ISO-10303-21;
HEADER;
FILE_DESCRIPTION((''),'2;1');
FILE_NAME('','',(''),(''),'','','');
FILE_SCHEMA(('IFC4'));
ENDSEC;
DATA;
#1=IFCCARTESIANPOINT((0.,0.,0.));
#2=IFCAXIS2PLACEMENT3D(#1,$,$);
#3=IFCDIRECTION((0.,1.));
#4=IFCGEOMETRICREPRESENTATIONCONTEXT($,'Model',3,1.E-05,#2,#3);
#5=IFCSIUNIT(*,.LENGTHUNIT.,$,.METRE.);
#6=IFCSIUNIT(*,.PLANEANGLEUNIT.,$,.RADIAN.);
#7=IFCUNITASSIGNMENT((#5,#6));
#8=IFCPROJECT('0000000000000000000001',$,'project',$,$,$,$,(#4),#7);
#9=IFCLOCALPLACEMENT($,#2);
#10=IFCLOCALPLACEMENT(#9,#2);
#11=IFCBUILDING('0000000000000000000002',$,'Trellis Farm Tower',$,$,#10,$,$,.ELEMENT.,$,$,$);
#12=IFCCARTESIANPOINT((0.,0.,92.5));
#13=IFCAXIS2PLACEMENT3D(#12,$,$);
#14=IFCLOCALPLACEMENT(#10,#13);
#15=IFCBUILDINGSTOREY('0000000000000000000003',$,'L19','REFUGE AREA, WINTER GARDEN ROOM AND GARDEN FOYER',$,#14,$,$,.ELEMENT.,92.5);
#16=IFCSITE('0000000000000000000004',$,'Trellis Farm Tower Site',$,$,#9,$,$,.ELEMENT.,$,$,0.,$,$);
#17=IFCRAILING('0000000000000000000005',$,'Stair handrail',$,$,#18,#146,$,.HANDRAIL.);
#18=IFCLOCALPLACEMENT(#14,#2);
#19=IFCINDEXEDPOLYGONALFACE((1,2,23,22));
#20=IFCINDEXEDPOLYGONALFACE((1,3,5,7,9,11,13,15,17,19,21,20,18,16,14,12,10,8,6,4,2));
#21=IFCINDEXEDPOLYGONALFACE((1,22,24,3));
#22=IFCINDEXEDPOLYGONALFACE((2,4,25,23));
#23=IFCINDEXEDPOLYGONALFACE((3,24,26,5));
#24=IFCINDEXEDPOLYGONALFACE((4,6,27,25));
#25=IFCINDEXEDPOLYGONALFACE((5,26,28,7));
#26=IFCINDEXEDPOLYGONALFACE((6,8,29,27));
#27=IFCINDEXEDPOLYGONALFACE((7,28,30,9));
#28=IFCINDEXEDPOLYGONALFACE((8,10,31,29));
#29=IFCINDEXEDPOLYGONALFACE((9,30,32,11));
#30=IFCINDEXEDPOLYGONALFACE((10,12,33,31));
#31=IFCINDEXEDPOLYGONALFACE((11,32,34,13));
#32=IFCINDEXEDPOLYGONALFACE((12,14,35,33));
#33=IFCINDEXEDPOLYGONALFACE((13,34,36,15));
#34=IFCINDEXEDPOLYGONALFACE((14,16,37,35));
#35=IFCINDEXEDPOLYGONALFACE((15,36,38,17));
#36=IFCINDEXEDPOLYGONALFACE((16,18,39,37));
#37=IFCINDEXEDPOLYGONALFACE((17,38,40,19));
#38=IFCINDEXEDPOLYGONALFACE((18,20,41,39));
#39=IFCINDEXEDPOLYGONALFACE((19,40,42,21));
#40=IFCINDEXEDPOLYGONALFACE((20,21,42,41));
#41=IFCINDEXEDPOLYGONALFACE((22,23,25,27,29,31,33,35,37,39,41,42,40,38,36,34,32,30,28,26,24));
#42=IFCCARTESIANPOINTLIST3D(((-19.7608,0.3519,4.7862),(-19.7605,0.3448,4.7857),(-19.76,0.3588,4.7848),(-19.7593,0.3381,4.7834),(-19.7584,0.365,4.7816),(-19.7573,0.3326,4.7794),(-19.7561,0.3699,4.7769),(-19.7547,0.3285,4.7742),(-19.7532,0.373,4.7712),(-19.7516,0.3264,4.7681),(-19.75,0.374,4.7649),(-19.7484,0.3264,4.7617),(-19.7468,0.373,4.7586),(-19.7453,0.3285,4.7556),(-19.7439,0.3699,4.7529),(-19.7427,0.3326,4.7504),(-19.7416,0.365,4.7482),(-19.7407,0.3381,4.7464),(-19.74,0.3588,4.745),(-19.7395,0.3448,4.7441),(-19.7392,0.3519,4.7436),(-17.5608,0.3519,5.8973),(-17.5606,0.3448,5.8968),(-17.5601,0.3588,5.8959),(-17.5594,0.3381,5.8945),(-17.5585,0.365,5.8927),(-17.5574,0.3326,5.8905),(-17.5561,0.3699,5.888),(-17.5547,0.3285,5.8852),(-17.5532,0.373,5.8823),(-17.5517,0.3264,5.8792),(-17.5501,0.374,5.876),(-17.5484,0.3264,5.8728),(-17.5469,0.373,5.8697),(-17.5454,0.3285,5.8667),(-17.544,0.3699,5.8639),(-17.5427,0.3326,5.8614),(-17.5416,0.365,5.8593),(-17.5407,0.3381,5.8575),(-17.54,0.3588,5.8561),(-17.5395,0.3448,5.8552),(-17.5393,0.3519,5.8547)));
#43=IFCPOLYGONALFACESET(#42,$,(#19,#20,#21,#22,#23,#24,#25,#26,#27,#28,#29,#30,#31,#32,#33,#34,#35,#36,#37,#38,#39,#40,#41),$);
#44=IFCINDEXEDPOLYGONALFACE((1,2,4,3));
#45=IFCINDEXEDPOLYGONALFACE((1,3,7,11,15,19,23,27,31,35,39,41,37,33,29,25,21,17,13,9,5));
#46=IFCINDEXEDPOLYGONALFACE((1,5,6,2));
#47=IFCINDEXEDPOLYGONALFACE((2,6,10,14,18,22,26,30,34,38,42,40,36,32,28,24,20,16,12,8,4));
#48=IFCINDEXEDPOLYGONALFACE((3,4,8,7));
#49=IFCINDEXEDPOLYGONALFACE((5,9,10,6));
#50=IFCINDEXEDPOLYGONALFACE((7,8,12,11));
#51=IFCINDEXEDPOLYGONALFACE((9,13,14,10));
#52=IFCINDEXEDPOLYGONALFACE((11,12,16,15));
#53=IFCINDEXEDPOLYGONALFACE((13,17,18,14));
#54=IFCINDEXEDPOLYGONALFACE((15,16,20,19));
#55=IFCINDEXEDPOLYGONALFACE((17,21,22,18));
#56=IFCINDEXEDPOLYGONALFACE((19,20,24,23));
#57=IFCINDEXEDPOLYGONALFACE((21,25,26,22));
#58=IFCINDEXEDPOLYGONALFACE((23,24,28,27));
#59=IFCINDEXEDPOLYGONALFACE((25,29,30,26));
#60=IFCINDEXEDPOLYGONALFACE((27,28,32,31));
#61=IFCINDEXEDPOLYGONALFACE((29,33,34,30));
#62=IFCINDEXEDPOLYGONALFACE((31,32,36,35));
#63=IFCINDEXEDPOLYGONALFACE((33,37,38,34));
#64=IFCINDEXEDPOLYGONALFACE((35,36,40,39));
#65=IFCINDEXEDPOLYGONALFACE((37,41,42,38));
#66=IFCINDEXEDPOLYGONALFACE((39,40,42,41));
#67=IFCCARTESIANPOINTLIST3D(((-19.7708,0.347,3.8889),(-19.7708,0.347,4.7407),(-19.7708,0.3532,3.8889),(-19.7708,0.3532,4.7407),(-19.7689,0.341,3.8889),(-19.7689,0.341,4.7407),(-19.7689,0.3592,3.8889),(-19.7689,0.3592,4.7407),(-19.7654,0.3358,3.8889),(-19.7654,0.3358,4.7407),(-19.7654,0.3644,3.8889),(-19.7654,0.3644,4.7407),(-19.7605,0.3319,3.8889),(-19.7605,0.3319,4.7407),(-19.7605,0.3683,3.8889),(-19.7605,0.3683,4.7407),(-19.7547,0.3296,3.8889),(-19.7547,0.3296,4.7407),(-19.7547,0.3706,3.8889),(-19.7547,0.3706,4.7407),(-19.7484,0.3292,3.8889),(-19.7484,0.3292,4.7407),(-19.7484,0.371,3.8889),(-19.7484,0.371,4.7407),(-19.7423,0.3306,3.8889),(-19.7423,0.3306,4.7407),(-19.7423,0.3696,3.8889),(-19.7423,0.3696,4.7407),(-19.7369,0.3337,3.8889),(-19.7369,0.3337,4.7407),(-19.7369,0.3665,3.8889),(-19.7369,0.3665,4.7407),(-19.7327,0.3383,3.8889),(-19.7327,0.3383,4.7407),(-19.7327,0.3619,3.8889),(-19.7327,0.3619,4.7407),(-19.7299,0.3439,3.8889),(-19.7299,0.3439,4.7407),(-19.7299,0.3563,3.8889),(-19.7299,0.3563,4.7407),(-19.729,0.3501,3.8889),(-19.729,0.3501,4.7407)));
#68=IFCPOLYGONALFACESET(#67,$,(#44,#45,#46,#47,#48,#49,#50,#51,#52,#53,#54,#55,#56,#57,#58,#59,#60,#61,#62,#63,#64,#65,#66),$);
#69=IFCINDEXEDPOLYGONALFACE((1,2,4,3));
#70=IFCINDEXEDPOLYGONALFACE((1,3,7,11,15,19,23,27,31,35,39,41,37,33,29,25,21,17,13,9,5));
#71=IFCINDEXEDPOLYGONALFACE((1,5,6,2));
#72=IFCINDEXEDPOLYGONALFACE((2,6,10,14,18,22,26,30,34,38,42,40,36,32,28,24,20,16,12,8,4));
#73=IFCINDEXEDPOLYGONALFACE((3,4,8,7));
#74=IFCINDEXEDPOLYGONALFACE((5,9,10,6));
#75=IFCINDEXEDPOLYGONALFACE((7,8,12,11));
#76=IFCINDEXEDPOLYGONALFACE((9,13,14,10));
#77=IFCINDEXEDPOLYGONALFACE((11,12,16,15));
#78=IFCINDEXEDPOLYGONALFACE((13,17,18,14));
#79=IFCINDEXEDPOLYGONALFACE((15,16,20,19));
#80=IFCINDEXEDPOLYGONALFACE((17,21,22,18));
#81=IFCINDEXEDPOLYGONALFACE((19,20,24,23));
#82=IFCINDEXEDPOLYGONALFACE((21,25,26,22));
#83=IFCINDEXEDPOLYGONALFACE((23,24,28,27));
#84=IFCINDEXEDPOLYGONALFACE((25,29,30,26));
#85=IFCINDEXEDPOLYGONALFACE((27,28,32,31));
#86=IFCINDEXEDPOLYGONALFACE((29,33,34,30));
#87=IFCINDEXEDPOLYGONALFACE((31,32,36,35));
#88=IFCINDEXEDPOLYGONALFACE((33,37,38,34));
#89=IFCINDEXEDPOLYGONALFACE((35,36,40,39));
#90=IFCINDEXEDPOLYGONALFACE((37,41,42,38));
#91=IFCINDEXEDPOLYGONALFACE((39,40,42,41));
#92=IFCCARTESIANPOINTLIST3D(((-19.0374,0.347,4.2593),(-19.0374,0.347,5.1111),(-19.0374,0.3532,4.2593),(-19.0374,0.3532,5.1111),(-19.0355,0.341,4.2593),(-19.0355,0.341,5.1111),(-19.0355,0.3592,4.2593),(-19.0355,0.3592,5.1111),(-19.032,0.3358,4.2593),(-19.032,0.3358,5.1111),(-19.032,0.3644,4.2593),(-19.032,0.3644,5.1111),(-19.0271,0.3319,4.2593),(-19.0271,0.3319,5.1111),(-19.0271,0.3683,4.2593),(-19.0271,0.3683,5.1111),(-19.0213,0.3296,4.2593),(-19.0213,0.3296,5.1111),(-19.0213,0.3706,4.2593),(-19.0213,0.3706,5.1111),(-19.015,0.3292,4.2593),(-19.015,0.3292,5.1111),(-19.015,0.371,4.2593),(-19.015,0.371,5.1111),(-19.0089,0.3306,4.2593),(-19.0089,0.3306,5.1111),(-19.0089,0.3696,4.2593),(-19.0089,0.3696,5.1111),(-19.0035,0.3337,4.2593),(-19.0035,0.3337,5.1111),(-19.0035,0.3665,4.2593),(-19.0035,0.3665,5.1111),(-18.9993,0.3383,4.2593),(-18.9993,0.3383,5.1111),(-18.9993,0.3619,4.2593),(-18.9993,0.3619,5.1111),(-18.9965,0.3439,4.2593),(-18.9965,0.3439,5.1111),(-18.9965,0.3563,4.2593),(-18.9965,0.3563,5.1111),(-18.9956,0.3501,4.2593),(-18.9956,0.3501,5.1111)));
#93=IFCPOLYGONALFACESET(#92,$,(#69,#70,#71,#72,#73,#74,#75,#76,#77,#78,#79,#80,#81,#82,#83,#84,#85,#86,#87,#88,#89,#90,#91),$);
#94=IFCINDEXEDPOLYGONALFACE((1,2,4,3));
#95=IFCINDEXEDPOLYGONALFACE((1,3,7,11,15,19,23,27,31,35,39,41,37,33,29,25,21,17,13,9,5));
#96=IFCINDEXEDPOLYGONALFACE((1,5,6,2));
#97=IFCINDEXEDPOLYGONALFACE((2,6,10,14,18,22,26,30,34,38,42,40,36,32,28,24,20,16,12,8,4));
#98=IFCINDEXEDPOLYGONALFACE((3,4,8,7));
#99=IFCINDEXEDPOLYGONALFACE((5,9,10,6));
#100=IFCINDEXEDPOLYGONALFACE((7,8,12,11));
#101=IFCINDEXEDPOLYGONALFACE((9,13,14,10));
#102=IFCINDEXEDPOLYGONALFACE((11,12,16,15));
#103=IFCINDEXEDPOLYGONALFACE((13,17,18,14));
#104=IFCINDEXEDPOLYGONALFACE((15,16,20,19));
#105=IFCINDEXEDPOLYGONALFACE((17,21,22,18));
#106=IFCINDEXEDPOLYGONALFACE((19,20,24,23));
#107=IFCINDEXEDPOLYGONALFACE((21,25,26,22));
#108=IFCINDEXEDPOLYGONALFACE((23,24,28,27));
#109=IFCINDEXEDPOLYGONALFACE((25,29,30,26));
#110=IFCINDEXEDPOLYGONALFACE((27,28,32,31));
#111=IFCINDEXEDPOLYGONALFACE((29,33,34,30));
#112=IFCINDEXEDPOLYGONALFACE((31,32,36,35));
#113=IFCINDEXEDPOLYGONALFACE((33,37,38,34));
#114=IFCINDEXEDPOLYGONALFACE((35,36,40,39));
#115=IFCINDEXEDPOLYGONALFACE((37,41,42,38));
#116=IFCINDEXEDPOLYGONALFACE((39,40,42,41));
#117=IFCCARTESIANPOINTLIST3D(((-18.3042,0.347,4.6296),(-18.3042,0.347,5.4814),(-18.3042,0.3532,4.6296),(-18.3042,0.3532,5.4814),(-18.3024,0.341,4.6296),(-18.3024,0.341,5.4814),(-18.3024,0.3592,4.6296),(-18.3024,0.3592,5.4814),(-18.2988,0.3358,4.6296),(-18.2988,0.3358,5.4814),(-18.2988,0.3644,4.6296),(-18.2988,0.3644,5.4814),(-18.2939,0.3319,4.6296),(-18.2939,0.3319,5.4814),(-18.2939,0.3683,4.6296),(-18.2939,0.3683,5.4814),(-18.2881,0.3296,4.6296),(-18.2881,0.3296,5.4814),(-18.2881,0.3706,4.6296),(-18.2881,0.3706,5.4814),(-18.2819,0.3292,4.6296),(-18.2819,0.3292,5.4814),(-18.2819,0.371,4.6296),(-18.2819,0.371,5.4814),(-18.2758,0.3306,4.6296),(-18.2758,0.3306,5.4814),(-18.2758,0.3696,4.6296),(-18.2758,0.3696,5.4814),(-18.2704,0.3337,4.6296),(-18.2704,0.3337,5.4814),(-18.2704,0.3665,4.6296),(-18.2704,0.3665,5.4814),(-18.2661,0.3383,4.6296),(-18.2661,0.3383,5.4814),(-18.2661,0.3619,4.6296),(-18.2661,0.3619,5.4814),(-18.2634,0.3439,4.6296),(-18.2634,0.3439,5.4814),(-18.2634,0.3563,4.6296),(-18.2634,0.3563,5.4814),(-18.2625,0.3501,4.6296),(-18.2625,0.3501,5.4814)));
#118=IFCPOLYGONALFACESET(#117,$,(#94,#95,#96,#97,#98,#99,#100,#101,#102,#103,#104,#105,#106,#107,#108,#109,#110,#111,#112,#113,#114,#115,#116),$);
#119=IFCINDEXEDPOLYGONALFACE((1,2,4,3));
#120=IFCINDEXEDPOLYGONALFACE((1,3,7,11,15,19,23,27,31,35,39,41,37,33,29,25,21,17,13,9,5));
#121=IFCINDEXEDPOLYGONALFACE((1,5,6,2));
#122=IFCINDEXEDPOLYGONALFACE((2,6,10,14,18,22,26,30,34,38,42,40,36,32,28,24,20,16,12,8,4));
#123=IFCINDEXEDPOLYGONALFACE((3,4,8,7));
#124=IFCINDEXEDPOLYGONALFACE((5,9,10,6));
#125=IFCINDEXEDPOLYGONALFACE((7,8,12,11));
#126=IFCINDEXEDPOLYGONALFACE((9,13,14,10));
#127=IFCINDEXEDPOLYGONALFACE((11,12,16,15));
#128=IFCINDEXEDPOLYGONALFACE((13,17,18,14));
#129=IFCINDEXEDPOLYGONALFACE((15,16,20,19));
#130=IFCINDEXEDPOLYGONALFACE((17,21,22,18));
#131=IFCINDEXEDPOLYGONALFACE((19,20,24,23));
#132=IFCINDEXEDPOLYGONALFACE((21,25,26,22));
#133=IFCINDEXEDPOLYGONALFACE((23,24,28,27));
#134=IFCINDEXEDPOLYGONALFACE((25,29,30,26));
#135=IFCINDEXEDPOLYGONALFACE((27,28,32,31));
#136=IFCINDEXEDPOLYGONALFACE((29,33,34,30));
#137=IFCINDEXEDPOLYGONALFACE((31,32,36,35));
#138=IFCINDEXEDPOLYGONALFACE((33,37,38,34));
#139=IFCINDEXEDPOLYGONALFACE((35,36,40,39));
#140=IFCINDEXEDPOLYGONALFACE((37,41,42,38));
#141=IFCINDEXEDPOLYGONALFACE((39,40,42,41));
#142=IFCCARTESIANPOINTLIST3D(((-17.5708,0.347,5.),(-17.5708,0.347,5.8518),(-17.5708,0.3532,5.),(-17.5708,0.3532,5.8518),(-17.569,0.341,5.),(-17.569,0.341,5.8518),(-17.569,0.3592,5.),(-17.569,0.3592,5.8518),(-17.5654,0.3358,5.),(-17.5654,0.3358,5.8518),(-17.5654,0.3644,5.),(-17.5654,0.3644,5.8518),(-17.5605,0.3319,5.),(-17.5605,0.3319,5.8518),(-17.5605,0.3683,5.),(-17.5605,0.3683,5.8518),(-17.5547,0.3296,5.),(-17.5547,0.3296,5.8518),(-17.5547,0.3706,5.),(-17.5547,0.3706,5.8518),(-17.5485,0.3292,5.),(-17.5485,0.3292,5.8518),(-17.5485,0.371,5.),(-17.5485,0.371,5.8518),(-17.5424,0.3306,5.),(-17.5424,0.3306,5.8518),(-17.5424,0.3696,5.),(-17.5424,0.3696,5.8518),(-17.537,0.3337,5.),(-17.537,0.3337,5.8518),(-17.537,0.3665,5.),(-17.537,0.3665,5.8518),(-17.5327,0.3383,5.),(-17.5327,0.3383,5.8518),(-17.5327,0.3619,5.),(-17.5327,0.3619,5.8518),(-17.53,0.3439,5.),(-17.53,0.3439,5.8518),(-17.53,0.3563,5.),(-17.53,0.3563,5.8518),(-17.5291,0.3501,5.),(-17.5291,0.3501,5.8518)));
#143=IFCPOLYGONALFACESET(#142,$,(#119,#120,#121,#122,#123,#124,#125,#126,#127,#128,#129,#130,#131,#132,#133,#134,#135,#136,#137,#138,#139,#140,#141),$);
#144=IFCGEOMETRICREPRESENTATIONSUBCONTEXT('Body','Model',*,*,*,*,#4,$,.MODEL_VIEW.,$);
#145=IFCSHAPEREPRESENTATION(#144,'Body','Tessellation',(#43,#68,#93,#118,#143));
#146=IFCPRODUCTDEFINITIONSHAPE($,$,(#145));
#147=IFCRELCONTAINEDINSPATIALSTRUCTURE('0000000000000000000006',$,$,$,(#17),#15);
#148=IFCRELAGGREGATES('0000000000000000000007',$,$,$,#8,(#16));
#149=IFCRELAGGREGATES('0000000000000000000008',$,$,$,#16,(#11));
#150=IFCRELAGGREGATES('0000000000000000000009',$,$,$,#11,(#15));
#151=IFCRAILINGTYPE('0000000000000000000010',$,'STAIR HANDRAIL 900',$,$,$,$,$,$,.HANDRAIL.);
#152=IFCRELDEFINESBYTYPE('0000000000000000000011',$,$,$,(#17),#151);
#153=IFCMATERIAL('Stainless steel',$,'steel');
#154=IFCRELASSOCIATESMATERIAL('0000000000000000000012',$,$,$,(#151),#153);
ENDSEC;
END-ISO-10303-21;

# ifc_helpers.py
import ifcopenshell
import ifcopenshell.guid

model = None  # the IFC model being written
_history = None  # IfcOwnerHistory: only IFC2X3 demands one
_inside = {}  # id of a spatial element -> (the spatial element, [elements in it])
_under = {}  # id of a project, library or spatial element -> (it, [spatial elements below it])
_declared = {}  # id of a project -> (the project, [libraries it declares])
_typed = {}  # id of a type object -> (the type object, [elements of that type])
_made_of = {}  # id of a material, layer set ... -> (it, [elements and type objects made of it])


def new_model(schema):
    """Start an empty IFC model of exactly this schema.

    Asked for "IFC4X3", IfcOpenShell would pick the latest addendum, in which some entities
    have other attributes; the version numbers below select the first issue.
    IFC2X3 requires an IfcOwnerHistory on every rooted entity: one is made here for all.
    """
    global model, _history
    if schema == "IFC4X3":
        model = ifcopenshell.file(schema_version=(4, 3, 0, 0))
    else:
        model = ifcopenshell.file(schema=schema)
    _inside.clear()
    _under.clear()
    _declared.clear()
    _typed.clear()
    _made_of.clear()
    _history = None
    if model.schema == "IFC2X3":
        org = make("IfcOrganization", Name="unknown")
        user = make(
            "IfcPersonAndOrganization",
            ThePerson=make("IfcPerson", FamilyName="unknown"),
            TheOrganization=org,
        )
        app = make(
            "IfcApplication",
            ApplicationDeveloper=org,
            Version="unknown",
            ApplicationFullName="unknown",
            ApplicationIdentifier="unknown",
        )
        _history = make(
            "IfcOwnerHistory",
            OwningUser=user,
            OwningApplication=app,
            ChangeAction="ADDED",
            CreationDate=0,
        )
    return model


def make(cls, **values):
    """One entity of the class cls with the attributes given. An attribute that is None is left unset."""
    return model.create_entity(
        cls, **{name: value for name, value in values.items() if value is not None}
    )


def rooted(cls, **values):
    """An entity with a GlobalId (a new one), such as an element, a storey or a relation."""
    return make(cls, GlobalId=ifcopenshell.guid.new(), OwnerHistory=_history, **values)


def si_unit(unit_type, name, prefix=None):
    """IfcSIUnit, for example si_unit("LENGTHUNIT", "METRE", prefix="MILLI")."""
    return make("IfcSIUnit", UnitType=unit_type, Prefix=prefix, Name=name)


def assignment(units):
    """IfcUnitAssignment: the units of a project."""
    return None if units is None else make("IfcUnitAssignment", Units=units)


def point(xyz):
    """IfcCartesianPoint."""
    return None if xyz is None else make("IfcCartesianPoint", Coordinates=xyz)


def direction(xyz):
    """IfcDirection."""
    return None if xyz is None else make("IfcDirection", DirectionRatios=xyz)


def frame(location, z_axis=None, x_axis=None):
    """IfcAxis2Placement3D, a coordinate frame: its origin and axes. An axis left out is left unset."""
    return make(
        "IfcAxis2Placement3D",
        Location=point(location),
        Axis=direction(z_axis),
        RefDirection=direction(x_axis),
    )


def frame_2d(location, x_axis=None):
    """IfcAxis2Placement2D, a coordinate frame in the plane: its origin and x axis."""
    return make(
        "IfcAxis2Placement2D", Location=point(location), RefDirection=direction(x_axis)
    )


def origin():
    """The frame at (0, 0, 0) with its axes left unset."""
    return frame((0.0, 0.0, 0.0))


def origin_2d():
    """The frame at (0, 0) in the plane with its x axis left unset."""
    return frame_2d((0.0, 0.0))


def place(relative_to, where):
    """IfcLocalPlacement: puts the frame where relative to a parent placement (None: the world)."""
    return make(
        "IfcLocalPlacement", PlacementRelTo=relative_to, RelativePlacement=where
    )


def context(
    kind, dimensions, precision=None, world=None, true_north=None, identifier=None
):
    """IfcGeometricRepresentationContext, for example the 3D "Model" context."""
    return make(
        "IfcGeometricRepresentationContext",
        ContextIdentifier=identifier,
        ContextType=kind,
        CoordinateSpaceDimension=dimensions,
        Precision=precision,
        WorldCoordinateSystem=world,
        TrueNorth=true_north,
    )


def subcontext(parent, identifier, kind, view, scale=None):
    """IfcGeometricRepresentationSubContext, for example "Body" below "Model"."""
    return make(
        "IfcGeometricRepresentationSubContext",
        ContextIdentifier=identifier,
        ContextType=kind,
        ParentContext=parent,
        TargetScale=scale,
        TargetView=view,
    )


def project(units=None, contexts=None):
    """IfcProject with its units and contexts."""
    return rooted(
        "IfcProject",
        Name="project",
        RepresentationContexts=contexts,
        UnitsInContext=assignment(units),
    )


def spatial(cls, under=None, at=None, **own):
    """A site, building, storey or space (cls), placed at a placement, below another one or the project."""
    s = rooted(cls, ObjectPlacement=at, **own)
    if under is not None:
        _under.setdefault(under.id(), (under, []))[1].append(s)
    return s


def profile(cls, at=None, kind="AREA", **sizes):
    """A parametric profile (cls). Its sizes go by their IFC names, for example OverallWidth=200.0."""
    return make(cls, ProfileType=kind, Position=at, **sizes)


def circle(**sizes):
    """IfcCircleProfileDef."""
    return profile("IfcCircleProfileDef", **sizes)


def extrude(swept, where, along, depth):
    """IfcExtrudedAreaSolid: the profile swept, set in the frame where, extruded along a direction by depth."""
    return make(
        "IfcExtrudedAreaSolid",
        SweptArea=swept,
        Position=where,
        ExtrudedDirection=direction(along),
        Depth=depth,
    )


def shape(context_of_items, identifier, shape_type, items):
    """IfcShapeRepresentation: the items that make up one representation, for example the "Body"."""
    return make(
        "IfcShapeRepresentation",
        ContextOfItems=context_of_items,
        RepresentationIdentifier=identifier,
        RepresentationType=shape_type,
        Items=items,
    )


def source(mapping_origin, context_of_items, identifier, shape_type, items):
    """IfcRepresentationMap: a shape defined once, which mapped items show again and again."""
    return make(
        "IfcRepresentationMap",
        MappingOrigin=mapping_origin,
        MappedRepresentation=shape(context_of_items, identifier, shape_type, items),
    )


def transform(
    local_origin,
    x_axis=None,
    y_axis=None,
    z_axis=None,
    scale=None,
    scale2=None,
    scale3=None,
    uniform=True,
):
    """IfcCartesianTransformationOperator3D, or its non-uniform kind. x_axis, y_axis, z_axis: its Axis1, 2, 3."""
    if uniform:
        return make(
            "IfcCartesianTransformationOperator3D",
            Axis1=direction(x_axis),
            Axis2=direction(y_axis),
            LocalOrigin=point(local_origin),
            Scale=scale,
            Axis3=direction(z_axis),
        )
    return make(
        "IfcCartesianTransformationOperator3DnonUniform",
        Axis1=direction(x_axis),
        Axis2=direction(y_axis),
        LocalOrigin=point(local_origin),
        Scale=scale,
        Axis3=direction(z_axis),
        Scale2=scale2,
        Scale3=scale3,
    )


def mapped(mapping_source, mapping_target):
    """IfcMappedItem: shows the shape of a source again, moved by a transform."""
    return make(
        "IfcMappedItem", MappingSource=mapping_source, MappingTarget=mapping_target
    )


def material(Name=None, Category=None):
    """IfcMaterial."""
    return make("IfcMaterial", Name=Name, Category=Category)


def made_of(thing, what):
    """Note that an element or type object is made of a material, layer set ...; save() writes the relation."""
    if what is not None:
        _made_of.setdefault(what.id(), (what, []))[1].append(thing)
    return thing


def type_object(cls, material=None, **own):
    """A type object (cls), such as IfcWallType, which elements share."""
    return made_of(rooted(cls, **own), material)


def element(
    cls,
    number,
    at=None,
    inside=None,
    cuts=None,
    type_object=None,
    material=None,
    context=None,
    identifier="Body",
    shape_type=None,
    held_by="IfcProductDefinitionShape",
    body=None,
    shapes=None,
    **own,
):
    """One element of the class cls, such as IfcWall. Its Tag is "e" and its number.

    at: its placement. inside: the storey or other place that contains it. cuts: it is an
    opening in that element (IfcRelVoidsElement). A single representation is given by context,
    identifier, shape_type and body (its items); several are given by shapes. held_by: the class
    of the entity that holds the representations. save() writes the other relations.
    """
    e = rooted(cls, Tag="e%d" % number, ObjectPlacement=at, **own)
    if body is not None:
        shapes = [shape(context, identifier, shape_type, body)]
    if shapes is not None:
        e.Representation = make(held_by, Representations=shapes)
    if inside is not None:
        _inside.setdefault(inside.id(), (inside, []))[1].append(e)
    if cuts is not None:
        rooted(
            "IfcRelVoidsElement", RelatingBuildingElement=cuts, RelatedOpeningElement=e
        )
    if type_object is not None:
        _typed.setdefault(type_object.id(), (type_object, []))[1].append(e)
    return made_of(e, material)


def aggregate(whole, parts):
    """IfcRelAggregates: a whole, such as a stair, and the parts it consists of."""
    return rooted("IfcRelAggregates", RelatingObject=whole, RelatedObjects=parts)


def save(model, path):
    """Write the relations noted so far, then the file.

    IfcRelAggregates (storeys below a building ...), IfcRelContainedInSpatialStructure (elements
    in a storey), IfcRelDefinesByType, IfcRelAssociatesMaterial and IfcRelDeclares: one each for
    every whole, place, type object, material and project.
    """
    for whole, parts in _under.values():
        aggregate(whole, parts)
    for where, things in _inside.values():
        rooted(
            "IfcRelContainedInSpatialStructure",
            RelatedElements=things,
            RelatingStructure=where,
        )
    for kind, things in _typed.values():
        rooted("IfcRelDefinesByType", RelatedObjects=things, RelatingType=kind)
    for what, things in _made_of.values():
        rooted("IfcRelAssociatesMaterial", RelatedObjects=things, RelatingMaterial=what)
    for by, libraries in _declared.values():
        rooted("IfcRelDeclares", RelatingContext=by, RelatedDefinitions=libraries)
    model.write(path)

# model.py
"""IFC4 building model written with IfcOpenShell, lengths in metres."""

from ifc_helpers import new_model, si_unit, direction, frame, origin, origin_2d, place, context, subcontext, project, spatial, circle, extrude, source, transform, mapped, material, type_object, element, save


model = new_model("IFC4")

# Units and contexts
model_context = context("Model", 3, precision=1e-05, world=origin(), true_north=direction((0.0, 1.0)))
body_context = subcontext(model_context, "Body", "Model", "MODEL_VIEW")
ifc_project = project(units=[si_unit("LENGTHUNIT", "METRE"), si_unit("PLANEANGLEUNIT", "RADIAN")], contexts=[model_context])

# Site, building, storey
site_placement = place(None, origin())
site = spatial("IfcSite", under=ifc_project, at=site_placement, Name="Trellis Farm Tower Site", CompositionType="ELEMENT", RefElevation=0.0)
building_placement = place(site_placement, origin())
building = spatial("IfcBuilding", under=site, at=building_placement, Name="Trellis Farm Tower", CompositionType="ELEMENT")
storey_placement = place(building_placement, frame((0.0, 0.0, 92.5)))
storey = spatial("IfcBuildingStorey", under=building, at=storey_placement, Name="L19", Description="REFUGE AREA, WINTER GARDEN ROOM AND GARDEN FOYER", CompositionType="ELEMENT", Elevation=92.5)

# Railing
ifc_material_1 = material(Name="Stainless steel", Category="steel")
railing_type = type_object("IfcRailingType", Name="STAIR HANDRAIL 900", PredefinedType="HANDRAIL", material=ifc_material_1)
shared_shape_1 = source(origin(), body_context, "Body", "SweptSolid", [
    extrude(circle(Radius=0.0239, at=origin_2d()), frame((0.0, 0.0, 0.876), z_axis=(0.892617, 0.0, 0.450816), x_axis=(0.0, 1.0, 0.0)), (0.0, 0.0, 1.0), 2.4646),
    extrude(circle(Radius=0.021, at=origin_2d()), origin(), (0.0, 0.0, 1.0), 0.8518),
    extrude(circle(Radius=0.021, at=origin_2d()), frame((0.7334, 0.0, 0.3704)), (0.0, 0.0, 1.0), 0.8518),
    extrude(circle(Radius=0.021, at=origin_2d()), frame((1.4666, 0.0, 0.7407)), (0.0, 0.0, 1.0), 0.8518),
    extrude(circle(Radius=0.021, at=origin_2d()), frame((2.2, 0.0, 1.1111)), (0.0, 0.0, 1.0), 0.8518),
])
for number, where, name in (
    (1, (-19.75, 0.3501, 3.8889), "Stair handrail"),
):
    element("IfcRailing", number, at=place(storey_placement, frame(where)), inside=storey, type_object=railing_type, Name=name, PredefinedType="HANDRAIL", context=body_context, shape_type="MappedRepresentation", body=[
        mapped(shared_shape_1, transform((0.0, 0.0, 0.0))),
    ])

save(model, "model.ifc")
